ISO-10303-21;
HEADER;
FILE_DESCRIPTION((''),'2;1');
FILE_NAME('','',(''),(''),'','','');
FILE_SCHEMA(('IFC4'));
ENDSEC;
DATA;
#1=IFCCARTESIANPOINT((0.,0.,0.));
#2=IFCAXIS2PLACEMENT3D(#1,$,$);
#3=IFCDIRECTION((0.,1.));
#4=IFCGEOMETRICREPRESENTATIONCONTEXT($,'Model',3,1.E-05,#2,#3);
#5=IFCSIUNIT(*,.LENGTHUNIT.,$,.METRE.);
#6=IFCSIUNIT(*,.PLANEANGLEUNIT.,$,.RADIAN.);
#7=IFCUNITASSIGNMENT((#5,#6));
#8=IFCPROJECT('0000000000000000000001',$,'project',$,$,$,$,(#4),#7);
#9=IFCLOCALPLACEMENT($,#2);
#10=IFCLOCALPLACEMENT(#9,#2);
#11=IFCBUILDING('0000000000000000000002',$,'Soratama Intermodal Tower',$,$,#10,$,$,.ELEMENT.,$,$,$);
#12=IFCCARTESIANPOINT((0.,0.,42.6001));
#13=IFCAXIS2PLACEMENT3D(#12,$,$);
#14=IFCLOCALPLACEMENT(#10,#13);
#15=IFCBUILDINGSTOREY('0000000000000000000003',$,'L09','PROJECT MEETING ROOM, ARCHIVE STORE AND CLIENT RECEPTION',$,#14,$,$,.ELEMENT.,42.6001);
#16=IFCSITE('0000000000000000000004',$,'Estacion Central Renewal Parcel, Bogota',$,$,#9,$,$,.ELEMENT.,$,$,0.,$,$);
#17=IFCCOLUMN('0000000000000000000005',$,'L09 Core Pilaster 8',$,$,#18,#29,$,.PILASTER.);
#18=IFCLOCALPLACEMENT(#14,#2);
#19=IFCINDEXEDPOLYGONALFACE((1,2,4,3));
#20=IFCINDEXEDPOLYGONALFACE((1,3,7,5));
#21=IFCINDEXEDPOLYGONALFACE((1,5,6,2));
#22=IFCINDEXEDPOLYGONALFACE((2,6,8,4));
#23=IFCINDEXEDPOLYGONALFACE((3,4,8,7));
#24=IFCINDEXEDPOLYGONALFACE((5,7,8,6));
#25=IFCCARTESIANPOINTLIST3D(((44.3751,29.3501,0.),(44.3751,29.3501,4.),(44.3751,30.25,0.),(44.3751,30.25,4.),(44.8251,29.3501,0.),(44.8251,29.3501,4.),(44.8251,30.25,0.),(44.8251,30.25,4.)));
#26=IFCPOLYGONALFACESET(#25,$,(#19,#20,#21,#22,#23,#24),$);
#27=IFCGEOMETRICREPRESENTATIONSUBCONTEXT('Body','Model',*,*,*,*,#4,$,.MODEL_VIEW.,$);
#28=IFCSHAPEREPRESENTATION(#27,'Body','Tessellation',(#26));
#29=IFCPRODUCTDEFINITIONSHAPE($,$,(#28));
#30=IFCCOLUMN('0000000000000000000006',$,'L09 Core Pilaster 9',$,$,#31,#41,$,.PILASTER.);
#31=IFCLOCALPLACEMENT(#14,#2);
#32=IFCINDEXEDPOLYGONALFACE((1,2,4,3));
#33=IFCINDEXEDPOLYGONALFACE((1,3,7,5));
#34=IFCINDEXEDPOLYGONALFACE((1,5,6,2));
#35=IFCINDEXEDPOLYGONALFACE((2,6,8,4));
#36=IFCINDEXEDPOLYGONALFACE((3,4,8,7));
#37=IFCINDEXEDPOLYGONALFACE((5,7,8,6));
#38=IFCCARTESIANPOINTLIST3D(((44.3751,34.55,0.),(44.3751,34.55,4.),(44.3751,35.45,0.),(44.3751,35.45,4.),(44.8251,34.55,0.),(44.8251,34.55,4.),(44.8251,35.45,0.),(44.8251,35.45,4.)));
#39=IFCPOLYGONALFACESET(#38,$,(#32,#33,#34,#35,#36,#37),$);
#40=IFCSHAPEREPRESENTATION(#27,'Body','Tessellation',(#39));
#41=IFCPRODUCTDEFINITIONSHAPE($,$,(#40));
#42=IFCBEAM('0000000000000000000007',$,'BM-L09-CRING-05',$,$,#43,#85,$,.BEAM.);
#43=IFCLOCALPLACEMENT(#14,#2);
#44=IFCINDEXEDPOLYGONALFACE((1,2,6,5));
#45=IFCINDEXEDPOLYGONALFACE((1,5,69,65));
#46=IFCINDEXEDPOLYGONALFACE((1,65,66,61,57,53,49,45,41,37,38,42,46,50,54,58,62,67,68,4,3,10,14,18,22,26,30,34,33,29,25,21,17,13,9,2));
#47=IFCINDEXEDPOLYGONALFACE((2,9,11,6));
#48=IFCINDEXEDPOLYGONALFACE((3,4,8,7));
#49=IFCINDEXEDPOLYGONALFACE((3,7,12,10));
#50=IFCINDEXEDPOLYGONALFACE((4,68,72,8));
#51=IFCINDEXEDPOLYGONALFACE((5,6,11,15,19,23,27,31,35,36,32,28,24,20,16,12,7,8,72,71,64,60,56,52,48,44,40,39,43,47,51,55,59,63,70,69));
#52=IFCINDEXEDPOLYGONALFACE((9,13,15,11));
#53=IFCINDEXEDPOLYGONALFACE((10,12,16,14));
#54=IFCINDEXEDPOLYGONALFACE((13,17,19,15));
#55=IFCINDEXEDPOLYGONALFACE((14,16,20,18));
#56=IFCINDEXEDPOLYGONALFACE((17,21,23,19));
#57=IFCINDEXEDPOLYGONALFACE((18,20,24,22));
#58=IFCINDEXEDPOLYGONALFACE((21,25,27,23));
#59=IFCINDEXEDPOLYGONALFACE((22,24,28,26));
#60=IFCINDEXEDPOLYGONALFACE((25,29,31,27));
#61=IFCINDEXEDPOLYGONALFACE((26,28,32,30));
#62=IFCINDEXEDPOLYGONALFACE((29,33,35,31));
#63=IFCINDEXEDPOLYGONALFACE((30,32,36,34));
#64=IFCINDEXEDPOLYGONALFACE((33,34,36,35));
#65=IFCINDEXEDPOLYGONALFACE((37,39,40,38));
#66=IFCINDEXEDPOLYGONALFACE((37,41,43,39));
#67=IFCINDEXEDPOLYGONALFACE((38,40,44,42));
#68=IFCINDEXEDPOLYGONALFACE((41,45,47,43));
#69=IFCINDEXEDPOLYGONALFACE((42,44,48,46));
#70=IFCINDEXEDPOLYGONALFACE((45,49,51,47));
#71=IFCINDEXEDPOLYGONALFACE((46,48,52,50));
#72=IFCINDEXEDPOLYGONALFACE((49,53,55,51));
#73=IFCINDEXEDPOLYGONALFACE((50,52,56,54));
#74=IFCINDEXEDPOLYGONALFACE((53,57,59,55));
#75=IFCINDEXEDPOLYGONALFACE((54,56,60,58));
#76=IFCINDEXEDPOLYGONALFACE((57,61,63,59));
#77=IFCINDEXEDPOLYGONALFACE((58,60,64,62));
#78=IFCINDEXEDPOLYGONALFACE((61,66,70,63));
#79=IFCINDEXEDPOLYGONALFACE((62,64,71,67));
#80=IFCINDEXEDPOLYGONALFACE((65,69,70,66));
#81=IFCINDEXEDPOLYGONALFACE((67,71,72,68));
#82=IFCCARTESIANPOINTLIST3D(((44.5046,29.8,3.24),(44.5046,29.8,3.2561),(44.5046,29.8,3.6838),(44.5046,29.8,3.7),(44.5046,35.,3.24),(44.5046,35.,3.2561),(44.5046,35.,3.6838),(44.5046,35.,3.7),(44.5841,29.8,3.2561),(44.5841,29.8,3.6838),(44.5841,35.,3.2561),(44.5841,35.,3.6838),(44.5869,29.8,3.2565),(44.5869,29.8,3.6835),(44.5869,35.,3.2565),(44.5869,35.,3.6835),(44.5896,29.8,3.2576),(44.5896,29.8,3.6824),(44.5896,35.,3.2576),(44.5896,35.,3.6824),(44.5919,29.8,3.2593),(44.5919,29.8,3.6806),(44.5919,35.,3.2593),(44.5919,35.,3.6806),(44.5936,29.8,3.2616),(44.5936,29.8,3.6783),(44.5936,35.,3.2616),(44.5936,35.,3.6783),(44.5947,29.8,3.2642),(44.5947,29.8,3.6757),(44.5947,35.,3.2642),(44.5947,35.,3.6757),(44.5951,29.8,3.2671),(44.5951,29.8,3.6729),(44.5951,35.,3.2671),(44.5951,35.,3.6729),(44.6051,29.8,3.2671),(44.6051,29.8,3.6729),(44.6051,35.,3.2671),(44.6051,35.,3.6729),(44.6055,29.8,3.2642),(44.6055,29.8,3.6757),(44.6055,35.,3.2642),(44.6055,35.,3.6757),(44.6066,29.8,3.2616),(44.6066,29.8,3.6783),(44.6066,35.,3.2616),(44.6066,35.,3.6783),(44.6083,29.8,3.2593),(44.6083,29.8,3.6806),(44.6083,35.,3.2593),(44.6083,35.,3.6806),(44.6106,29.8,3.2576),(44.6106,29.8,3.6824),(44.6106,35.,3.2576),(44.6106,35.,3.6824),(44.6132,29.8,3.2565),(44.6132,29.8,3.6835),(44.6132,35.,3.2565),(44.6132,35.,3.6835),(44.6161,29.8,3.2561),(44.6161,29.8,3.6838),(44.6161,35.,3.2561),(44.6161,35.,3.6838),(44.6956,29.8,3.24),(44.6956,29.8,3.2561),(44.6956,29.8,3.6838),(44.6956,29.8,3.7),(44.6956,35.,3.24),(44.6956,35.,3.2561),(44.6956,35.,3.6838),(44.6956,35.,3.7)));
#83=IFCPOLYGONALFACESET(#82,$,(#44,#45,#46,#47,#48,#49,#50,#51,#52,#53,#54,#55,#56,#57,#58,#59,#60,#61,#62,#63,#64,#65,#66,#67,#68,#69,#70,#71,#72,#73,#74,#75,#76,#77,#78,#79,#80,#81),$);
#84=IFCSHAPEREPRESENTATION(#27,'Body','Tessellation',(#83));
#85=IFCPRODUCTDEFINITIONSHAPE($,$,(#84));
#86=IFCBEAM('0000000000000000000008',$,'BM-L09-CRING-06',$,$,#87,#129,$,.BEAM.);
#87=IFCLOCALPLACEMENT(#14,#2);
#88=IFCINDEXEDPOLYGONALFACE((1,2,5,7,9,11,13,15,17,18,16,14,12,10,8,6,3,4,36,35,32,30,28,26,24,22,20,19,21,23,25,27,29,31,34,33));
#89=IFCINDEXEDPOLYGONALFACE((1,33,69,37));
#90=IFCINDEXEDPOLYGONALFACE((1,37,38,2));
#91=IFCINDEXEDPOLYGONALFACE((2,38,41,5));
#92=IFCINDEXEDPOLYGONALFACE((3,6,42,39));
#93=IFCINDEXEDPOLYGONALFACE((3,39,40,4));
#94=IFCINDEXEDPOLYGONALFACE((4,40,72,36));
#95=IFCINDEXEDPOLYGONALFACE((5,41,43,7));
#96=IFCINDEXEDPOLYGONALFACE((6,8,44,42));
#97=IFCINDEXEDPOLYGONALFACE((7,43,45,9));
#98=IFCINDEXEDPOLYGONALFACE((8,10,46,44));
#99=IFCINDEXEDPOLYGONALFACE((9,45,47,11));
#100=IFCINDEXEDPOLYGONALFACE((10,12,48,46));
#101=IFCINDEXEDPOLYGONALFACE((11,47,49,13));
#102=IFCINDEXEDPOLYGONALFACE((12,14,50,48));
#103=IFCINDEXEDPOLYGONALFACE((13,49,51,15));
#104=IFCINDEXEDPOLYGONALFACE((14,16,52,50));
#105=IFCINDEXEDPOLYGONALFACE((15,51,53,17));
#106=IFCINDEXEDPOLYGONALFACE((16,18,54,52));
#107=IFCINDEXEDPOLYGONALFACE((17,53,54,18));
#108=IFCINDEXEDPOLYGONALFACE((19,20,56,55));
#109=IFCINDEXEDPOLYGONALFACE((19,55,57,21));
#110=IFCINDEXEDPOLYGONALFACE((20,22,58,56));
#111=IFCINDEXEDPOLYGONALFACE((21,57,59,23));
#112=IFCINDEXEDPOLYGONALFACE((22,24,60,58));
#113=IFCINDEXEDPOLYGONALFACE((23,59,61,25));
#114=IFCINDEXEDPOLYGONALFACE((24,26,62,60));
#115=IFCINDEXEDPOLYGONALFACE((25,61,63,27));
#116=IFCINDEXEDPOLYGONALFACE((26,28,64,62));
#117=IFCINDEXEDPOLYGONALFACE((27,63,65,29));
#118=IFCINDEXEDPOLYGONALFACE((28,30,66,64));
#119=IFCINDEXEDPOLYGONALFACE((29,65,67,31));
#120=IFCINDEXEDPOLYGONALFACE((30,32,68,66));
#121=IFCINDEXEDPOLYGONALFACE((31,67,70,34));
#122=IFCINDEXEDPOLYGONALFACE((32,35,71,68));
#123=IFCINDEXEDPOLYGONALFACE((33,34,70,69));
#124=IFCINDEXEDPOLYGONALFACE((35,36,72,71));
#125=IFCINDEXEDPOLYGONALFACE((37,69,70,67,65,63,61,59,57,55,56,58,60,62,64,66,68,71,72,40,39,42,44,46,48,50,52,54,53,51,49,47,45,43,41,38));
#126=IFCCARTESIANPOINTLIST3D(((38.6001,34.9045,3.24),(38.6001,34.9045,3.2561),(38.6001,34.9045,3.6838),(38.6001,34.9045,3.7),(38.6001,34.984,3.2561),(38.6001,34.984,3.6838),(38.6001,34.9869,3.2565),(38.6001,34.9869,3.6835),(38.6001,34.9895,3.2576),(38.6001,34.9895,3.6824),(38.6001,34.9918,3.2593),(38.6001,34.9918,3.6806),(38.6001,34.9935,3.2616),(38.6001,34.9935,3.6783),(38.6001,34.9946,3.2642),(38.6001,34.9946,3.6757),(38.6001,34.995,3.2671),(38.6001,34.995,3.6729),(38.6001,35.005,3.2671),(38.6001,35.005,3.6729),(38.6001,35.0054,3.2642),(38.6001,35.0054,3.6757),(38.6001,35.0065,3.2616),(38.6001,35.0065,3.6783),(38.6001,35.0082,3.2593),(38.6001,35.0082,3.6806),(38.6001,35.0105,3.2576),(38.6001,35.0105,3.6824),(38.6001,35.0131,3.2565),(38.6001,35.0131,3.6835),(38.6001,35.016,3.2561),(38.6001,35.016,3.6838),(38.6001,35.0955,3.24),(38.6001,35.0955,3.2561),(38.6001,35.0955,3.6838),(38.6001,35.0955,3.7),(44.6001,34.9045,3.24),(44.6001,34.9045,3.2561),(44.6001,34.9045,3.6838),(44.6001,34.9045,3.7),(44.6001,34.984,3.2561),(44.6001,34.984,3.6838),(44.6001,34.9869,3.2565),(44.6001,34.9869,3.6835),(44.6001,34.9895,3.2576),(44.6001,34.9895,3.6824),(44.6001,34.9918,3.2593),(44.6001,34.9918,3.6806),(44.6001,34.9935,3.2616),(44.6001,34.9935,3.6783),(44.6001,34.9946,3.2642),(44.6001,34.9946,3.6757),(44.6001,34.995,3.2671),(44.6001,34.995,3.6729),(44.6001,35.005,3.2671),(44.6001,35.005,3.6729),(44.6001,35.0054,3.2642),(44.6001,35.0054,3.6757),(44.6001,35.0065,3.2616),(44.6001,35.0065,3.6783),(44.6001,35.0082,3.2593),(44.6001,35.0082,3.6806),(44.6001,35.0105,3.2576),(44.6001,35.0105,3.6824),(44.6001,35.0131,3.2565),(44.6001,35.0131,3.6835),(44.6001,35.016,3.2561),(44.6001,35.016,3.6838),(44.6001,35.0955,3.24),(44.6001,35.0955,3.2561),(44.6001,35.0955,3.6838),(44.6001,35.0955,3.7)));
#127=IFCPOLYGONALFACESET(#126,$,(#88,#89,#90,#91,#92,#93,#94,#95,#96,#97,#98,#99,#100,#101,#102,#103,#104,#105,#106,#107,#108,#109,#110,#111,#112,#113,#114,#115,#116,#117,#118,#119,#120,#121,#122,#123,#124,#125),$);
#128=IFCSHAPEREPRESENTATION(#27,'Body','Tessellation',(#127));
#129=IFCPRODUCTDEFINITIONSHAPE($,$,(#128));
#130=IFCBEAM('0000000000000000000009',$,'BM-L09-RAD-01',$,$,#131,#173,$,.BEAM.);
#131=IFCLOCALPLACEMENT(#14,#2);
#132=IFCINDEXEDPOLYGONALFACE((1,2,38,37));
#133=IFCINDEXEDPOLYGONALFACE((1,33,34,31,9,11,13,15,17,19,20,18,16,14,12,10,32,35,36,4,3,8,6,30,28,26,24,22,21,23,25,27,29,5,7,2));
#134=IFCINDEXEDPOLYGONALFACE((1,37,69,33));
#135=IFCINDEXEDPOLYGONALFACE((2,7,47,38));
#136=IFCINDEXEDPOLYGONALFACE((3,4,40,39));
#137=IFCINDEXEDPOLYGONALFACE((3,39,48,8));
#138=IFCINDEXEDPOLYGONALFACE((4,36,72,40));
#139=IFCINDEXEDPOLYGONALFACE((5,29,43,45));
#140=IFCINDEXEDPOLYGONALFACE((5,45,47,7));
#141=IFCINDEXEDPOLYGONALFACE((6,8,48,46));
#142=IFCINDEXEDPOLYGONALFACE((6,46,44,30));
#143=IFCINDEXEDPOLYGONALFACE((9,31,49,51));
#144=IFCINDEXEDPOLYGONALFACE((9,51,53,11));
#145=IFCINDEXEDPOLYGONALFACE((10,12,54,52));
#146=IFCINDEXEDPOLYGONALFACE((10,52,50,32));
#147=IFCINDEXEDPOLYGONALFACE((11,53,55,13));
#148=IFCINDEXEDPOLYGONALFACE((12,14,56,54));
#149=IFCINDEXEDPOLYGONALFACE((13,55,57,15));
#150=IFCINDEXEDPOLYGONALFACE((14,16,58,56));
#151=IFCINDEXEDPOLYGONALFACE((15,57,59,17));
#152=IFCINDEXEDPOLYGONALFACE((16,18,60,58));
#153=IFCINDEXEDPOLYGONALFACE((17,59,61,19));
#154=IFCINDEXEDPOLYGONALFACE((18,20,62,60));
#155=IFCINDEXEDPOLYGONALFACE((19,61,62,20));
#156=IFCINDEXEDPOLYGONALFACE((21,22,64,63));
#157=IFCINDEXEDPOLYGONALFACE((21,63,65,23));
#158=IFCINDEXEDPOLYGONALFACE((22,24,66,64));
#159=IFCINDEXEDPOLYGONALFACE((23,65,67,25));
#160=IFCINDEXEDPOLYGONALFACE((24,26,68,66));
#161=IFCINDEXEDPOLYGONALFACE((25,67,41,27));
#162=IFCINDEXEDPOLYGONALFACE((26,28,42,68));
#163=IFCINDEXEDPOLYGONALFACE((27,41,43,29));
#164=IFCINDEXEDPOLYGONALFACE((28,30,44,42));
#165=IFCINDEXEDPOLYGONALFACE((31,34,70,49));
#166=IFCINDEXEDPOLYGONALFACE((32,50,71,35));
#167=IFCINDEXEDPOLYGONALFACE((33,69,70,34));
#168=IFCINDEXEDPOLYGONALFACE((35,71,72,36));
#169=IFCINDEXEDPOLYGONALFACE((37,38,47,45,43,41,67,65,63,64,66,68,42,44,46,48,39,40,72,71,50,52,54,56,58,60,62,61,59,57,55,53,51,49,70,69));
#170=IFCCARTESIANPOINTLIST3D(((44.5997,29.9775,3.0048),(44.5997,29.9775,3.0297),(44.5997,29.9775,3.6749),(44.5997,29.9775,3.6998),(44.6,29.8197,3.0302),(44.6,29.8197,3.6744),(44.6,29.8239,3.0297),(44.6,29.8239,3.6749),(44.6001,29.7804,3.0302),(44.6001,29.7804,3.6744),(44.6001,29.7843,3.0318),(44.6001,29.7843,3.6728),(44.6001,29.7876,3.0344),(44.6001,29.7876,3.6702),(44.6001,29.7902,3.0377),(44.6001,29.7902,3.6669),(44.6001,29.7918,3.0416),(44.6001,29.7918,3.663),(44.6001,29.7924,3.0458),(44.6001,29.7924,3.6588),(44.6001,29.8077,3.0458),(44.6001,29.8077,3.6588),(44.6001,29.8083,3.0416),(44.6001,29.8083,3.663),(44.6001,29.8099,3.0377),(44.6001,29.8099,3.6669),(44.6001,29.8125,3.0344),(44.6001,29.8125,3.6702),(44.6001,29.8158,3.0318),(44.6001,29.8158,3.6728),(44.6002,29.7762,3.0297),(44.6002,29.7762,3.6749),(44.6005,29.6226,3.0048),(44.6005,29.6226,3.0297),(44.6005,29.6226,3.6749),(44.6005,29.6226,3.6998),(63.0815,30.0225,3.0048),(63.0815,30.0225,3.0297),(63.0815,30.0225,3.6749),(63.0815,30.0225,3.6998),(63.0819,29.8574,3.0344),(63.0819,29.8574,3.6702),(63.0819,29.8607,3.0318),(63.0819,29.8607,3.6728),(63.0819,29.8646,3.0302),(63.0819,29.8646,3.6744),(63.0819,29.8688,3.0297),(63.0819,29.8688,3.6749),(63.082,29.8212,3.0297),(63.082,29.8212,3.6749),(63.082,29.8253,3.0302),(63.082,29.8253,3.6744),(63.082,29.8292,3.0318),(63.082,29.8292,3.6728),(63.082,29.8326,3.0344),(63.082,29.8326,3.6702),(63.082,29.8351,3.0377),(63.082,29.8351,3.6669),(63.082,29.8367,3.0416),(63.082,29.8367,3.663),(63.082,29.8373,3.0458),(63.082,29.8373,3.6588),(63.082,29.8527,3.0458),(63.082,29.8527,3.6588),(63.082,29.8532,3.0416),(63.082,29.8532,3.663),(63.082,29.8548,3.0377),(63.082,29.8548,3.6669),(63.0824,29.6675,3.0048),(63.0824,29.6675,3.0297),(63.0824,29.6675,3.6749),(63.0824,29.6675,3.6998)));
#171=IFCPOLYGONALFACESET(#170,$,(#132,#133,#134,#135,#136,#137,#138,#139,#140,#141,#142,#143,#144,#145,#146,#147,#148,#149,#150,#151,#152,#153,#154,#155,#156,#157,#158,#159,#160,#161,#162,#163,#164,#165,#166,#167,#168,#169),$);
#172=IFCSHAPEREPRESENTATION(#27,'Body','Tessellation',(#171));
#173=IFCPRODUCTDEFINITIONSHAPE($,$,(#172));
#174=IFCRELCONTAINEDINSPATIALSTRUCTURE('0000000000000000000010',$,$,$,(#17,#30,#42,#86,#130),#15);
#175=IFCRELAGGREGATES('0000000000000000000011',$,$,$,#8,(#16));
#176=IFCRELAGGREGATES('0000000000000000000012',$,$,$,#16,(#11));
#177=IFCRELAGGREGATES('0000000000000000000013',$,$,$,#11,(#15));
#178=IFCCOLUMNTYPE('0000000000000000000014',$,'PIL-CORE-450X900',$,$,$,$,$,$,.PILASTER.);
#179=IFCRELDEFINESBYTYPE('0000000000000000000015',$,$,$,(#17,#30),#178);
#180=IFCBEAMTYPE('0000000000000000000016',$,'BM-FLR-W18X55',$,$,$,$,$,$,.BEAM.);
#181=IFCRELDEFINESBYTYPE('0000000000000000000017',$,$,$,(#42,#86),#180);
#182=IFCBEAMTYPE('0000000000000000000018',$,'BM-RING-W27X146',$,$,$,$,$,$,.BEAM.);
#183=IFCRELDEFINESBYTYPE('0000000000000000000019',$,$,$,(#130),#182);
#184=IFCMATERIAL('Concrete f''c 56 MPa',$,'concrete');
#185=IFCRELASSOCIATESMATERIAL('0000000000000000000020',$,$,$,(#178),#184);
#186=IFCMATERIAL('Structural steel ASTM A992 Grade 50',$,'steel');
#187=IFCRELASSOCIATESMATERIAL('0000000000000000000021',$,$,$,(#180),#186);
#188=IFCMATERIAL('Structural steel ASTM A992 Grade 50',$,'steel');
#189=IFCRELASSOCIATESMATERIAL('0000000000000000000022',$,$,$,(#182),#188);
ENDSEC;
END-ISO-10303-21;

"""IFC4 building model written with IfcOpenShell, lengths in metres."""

from ifc_helpers import new_model, si_unit, direction, frame, origin, origin_2d, place, context, subcontext, project, spatial, rectangle, i_section, extrude, material, material_profile, profile_set, type_object, element, save


model = new_model("IFC4")

# Units and contexts
model_context = context("Model", 3, precision=1e-05, world=origin(), true_north=direction((0.0, 1.0)))
body_context = subcontext(model_context, "Body", "Model", "MODEL_VIEW")
ifc_project = project(units=[si_unit("LENGTHUNIT", "METRE"), si_unit("PLANEANGLEUNIT", "RADIAN")], contexts=[model_context])

# Site, building, storey
site_placement = place(None, origin())
site = spatial("IfcSite", under=ifc_project, at=site_placement, Name="Estacion Central Renewal Parcel, Bogota", CompositionType="ELEMENT", RefElevation=0.0)
building_placement = place(site_placement, origin())
building = spatial("IfcBuilding", under=site, at=building_placement, Name="Soratama Intermodal Tower", CompositionType="ELEMENT")
storey_placement = place(building_placement, frame((0.0, 0.0, 42.6001)))
storey = spatial("IfcBuildingStorey", under=building, at=storey_placement, Name="L09", Description="PROJECT MEETING ROOM, ARCHIVE STORE AND CLIENT RECEPTION", CompositionType="ELEMENT", Elevation=42.6001)

# Columns
ifc_material_1 = material(Name="Concrete f'c 56 MPa", Category="concrete")
ifc_material_profile_1 = material_profile(ifc_material_1, rectangle(XDim=0.45, YDim=0.8999, at=origin_2d()), Name="RC450X900")
ifc_profile_set_1 = profile_set([ifc_material_profile_1], Name="Concrete f'c 56 MPa")
column_type = type_object("IfcColumnType", Name="PIL-CORE-450X900", PredefinedType="PILASTER", material=ifc_profile_set_1)
for number, where, z_axis, x_axis, name in (
    (1, (44.6001, 29.8, 0.0), (0.0, 0.0, 1.0), (1.0, 0.0, 0.0), "L09 Core Pilaster 8"),
    (2, (44.6001, 35.0, 0.0), (0.0, 0.0, 1.0), (1.0, 0.0, 0.0), "L09 Core Pilaster 9"),
):
    element("IfcColumn", number, at=place(storey_placement, frame(where, z_axis=z_axis, x_axis=x_axis)), inside=storey, type_object=column_type, Name=name, PredefinedType="PILASTER", context=body_context, shape_type="SweptSolid", body=[
        extrude(rectangle(XDim=0.45, YDim=0.8999, at=origin_2d()), origin(), (0.0, 0.0, 1.0), 4.0),
    ])

# Beams
ifc_material_2 = material(Name="Structural steel ASTM A992 Grade 50", Category="steel")
ifc_material_profile_2 = material_profile(ifc_material_2, i_section(OverallWidth=0.1909, OverallDepth=0.46, WebThickness=0.01, FlangeThickness=0.0161, FilletRadius=0.011, at=origin_2d()), Name="W18X55")
ifc_profile_set_2 = profile_set([ifc_material_profile_2], Name="Structural steel ASTM A992 Grade 50")
beam_type_1 = type_object("IfcBeamType", Name="BM-FLR-W18X55", PredefinedType="BEAM", material=ifc_profile_set_2)
beam_1_placement = place(storey_placement, frame((44.6001, 29.8, 3.47), z_axis=(0.0, 1.0, 0.0), x_axis=(-1.0, 0.0, 0.0)))
element("IfcBeam", 3, at=beam_1_placement, inside=storey, type_object=beam_type_1, Name="BM-L09-CRING-05", PredefinedType="BEAM", context=body_context, shape_type="SweptSolid", body=[
    extrude(i_section(OverallWidth=0.1909, OverallDepth=0.46, WebThickness=0.01, FlangeThickness=0.0161, FilletRadius=0.011, at=origin_2d()), origin(), (0.0, 0.0, 1.0), 5.2),
])
beam_2_placement = place(storey_placement, frame((44.6001, 35.0, 3.47), z_axis=(-1.0, 0.0, 0.0), x_axis=(0.0, -1.0, 0.0)))
element("IfcBeam", 4, at=beam_2_placement, inside=storey, type_object=beam_type_1, Name="BM-L09-CRING-06", PredefinedType="BEAM", context=body_context, shape_type="SweptSolid", body=[
    extrude(i_section(OverallWidth=0.1909, OverallDepth=0.46, WebThickness=0.01, FlangeThickness=0.0161, FilletRadius=0.011, at=origin_2d()), origin(), (0.0, 0.0, 1.0), 6.0),
])
ifc_material_3 = material(Name="Structural steel ASTM A992 Grade 50", Category="steel")
ifc_material_profile_3 = material_profile(ifc_material_3, i_section(OverallWidth=0.355, OverallDepth=0.6951, WebThickness=0.0154, FlangeThickness=0.0249, FilletRadius=0.0161, at=origin_2d()), Name="W27X146")
ifc_profile_set_3 = profile_set([ifc_material_profile_3], Name="Structural steel ASTM A992 Grade 50")
beam_type_2 = type_object("IfcBeamType", Name="BM-RING-W27X146", PredefinedType="BEAM", material=ifc_profile_set_3)
beam_3_placement = place(storey_placement, frame((44.6001, 29.8, 3.3523), z_axis=(0.999997, 0.002431, 0.0), x_axis=(-0.002431, 0.999997, 0.0)))
element("IfcBeam", 5, at=beam_3_placement, inside=storey, type_object=beam_type_2, Name="BM-L09-RAD-01", PredefinedType="BEAM", context=body_context, shape_type="SweptSolid", body=[
    extrude(i_section(OverallWidth=0.355, OverallDepth=0.6951, WebThickness=0.0154, FlangeThickness=0.0249, FilletRadius=0.0161, at=origin_2d()), origin(), (0.0, 0.0, 1.0), 18.4819),
])

save(model, "model.ifc")
